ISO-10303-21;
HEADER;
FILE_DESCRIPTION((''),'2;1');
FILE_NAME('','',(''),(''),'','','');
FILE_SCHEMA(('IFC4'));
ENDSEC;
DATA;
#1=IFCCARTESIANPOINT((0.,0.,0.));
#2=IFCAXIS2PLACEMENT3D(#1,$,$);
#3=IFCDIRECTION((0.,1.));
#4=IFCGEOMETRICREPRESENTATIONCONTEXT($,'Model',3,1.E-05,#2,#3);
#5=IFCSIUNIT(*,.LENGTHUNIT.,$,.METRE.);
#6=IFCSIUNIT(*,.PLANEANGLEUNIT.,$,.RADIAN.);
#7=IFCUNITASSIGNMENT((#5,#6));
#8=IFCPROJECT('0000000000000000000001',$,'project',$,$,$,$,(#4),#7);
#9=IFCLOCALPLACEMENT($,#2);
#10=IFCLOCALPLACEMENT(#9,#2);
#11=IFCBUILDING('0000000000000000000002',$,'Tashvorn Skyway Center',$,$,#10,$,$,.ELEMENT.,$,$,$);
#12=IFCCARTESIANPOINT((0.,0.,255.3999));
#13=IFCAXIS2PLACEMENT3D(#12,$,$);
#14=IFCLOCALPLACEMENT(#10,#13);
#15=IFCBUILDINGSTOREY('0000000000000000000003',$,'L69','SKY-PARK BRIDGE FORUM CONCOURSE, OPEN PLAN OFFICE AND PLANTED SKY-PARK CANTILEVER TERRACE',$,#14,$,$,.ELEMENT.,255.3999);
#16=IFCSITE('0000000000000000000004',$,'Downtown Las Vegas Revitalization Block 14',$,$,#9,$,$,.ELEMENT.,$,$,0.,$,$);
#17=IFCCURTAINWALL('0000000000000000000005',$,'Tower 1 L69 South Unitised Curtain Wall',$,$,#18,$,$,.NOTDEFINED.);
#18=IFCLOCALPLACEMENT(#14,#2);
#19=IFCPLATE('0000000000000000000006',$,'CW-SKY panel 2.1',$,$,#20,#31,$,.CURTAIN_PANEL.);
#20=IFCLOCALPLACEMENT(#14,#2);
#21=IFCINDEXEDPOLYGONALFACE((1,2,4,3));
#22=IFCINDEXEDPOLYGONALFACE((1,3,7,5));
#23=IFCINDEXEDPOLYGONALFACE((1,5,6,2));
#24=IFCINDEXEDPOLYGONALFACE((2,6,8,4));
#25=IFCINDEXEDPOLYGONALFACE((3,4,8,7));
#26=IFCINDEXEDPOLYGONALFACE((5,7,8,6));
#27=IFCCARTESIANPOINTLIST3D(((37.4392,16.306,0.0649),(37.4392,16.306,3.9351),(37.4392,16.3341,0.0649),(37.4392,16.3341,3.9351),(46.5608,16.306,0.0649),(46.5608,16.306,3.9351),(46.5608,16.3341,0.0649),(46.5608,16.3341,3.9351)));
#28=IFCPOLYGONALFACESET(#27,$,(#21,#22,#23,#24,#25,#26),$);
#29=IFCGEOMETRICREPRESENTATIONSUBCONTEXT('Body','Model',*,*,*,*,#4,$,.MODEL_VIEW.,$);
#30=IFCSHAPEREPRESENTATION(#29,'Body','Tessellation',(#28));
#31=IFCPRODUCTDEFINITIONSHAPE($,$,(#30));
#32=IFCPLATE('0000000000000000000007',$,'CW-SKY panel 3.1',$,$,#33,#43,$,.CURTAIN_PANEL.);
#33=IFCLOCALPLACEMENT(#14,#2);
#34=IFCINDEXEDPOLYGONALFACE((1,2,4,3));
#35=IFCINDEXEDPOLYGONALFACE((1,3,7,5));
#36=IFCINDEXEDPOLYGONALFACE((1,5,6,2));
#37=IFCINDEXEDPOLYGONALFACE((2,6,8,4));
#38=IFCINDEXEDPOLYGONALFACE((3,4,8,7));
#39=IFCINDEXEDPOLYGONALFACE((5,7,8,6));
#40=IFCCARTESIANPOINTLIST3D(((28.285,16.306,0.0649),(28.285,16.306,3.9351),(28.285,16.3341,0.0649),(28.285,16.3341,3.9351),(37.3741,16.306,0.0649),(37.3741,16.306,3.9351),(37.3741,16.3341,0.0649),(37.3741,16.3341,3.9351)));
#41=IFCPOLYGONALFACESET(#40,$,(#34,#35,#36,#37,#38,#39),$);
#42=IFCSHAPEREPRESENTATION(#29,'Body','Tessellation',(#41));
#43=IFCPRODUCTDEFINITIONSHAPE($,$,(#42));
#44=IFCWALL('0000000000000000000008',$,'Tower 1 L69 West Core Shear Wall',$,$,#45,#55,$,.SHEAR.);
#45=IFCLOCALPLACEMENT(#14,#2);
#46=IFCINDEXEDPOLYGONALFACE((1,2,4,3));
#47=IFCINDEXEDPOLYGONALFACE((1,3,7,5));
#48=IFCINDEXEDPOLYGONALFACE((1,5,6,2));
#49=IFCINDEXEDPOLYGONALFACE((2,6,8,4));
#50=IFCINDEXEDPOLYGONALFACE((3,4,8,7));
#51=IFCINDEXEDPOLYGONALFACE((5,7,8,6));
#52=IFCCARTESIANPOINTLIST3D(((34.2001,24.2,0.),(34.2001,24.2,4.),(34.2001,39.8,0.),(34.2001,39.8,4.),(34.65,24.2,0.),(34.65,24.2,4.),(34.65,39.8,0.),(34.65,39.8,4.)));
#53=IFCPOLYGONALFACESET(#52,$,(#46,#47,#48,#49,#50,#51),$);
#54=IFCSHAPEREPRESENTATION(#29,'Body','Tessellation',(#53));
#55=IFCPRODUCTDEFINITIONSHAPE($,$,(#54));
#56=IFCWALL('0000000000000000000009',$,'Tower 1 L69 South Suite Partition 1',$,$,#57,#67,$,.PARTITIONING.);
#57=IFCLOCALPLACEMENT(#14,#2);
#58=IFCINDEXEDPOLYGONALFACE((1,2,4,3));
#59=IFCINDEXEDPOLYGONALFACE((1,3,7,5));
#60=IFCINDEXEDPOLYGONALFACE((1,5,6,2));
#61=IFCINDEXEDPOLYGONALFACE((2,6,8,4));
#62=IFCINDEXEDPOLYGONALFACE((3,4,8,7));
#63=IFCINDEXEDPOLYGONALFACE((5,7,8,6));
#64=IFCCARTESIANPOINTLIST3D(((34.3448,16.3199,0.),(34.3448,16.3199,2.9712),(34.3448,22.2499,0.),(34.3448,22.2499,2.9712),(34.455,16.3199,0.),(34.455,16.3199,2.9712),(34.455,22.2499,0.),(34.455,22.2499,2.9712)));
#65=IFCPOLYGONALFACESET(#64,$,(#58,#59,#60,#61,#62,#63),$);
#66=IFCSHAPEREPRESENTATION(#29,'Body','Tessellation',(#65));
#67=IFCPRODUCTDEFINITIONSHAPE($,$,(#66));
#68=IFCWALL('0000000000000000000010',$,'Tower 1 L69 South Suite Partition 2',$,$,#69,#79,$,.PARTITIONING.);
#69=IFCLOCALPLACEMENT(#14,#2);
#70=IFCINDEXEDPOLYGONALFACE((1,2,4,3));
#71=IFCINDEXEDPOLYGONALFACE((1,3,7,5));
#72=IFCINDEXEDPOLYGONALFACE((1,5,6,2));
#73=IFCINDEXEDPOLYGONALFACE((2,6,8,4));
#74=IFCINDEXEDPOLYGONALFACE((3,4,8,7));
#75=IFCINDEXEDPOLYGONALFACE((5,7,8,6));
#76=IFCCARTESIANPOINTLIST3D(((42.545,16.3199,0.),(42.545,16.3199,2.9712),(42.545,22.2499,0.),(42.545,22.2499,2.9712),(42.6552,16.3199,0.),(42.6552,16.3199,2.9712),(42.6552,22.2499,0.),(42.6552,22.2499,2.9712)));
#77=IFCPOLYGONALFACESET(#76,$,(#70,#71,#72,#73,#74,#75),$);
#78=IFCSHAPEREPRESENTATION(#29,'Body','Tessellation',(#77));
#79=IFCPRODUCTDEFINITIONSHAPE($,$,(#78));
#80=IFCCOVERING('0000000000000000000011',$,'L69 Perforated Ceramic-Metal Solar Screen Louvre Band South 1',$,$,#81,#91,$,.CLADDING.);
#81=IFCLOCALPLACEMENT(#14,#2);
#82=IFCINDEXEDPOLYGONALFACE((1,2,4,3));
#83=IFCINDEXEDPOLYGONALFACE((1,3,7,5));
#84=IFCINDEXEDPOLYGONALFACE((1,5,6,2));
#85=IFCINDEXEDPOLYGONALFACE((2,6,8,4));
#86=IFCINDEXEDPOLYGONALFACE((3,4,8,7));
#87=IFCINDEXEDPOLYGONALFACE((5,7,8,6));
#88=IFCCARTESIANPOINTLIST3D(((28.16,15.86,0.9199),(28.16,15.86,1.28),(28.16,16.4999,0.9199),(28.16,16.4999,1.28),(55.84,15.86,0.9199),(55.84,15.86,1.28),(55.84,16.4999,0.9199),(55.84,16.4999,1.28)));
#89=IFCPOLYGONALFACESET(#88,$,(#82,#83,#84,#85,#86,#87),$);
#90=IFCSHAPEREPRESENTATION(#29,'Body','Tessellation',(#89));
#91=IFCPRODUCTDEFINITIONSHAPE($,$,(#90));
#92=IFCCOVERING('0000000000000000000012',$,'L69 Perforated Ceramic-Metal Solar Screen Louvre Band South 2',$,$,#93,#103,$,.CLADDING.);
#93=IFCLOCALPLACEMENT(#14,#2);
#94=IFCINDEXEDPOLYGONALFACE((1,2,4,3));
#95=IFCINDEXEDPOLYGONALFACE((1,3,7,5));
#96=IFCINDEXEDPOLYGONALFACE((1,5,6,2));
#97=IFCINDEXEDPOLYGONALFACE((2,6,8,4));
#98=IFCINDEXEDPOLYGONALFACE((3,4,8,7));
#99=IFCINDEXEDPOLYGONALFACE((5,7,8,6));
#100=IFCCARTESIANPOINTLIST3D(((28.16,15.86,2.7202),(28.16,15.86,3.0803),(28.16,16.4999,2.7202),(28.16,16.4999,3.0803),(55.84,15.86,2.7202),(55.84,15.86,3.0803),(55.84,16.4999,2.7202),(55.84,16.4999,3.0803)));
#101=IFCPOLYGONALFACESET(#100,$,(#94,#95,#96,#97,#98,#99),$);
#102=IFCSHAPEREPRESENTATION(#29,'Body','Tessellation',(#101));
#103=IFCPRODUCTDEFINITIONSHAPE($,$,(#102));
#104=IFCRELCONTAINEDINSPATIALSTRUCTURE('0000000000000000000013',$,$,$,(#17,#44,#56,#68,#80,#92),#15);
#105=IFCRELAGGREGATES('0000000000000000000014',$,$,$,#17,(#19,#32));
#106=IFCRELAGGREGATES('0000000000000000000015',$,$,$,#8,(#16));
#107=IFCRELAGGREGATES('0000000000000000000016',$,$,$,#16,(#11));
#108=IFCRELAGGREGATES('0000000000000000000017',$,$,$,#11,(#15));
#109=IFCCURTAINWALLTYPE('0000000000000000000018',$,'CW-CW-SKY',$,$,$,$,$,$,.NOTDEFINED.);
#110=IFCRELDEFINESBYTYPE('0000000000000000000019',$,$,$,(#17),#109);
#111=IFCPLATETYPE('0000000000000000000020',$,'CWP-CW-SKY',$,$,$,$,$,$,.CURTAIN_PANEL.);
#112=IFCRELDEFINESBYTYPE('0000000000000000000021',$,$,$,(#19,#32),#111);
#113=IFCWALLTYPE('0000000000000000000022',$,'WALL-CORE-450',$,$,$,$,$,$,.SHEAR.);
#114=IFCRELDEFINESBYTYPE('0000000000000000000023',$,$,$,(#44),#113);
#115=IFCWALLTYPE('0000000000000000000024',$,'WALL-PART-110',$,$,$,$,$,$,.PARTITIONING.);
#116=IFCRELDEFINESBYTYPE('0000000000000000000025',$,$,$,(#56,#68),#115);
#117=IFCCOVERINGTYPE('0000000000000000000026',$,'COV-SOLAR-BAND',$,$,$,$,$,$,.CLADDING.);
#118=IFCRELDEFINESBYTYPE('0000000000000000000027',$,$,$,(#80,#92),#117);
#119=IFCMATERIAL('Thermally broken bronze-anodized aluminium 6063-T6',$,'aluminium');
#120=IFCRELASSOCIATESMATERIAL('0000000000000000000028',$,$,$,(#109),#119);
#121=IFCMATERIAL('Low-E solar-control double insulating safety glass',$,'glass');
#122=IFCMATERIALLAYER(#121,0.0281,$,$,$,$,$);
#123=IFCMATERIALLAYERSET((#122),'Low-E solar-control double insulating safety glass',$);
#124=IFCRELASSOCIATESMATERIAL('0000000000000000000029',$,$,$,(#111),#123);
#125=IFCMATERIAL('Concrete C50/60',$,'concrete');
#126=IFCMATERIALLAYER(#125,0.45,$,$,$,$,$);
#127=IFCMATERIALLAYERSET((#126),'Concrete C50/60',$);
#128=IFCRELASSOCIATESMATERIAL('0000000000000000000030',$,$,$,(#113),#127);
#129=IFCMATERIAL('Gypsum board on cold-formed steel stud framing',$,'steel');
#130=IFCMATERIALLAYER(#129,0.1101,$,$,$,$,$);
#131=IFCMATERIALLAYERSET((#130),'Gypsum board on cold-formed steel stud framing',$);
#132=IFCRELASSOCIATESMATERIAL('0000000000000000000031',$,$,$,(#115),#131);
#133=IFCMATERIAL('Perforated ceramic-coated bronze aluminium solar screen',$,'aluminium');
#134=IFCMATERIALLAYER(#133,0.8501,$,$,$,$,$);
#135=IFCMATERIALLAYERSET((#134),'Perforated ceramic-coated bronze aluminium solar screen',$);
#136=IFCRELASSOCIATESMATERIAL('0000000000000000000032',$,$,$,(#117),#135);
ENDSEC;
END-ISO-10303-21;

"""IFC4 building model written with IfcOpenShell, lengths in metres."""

from ifc_helpers import new_model, si_unit, direction, frame, frame_2d, origin, origin_2d, place, context, subcontext, project, spatial, rectangle, extrude, material, layer, layer_set, type_object, element, aggregate, save


model = new_model("IFC4")

# Units and contexts
model_context = context("Model", 3, precision=1e-05, world=origin(), true_north=direction((0.0, 1.0)))
body_context = subcontext(model_context, "Body", "Model", "MODEL_VIEW")
ifc_project = project(units=[si_unit("LENGTHUNIT", "METRE"), si_unit("PLANEANGLEUNIT", "RADIAN")], contexts=[model_context])

# Site, building, storey
site_placement = place(None, origin())
site = spatial("IfcSite", under=ifc_project, at=site_placement, Name="Downtown Las Vegas Revitalization Block 14", CompositionType="ELEMENT", RefElevation=0.0)
building_placement = place(site_placement, origin())
building = spatial("IfcBuilding", under=site, at=building_placement, Name="Tashvorn Skyway Center", CompositionType="ELEMENT")
storey_placement = place(building_placement, frame((0.0, 0.0, 255.3999)))
storey = spatial("IfcBuildingStorey", under=building, at=storey_placement, Name="L69", Description="SKY-PARK BRIDGE FORUM CONCOURSE, OPEN PLAN OFFICE AND PLANTED SKY-PARK CANTILEVER TERRACE", CompositionType="ELEMENT", Elevation=255.3999)

# Curtain wall, plates
ifc_material_1 = material(Name="Thermally broken bronze-anodized aluminium 6063-T6", Category="aluminium")
curtain_wall_type = type_object("IfcCurtainWallType", Name="CW-CW-SKY", PredefinedType="NOTDEFINED", material=ifc_material_1)
curtain_wall_placement = place(storey_placement, origin())
curtain_wall = element("IfcCurtainWall", 1, at=curtain_wall_placement, inside=storey, type_object=curtain_wall_type, Name="Tower 1 L69 South Unitised Curtain Wall", PredefinedType="NOTDEFINED")
ifc_material_2 = material(Name="Low-E solar-control double insulating safety glass", Category="glass")
ifc_layer_1 = layer(ifc_material_2, 0.0281)
ifc_layer_set_1 = layer_set([ifc_layer_1], Name="Low-E solar-control double insulating safety glass")
plate_type = type_object("IfcPlateType", Name="CWP-CW-SKY", PredefinedType="CURTAIN_PANEL", material=ifc_layer_set_1)
plate_1_placement = place(storey_placement, frame((42.0, 16.3201, 0.0649), z_axis=(0.0, 0.0, 1.0), x_axis=(-1.0, 0.0, 0.0)))
plate_1 = element("IfcPlate", 2, at=plate_1_placement, type_object=plate_type, Name="CW-SKY panel 2.1", PredefinedType="CURTAIN_PANEL", context=body_context, shape_type="SweptSolid", body=[
    extrude(rectangle(XDim=9.1216, YDim=0.0281, at=origin_2d()), origin(), (0.0, 0.0, 1.0), 3.8701),
])
plate_2_placement = place(storey_placement, frame((32.8296, 16.3201, 0.0649), z_axis=(0.0, 0.0, 1.0), x_axis=(-1.0, 0.0, 0.0)))
plate_2 = element("IfcPlate", 3, at=plate_2_placement, type_object=plate_type, Name="CW-SKY panel 3.1", PredefinedType="CURTAIN_PANEL", context=body_context, shape_type="SweptSolid", body=[
    extrude(rectangle(XDim=9.0891, YDim=0.0281, at=origin_2d()), origin(), (0.0, 0.0, 1.0), 3.8701),
])
aggregate(curtain_wall, [plate_1, plate_2])

# Walls
ifc_material_3 = material(Name="Concrete C50/60", Category="concrete")
ifc_layer_2 = layer(ifc_material_3, 0.45)
ifc_layer_set_2 = layer_set([ifc_layer_2], Name="Concrete C50/60")
wall_type_1 = type_object("IfcWallType", Name="WALL-CORE-450", PredefinedType="SHEAR", material=ifc_layer_set_2)
wall_placement = place(storey_placement, frame((34.425, 24.2, 0.0), z_axis=(0.0, 0.0, 1.0), x_axis=(0.0, 1.0, 0.0)))
element("IfcWall", 4, at=wall_placement, inside=storey, type_object=wall_type_1, Name="Tower 1 L69 West Core Shear Wall", PredefinedType="SHEAR", context=body_context, shape_type="SweptSolid", body=[
    extrude(rectangle(XDim=15.6001, YDim=0.45, at=frame_2d((7.8, 0.0))), origin(), (0.0, 0.0, 1.0), 4.0),
])
ifc_material_4 = material(Name="Gypsum board on cold-formed steel stud framing", Category="steel")
ifc_layer_3 = layer(ifc_material_4, 0.1101)
ifc_layer_set_3 = layer_set([ifc_layer_3], Name="Gypsum board on cold-formed steel stud framing")
wall_type_2 = type_object("IfcWallType", Name="WALL-PART-110", PredefinedType="PARTITIONING", material=ifc_layer_set_3)
for number, where, z_axis, x_axis, name in (
    (5, (34.3999, 16.3201, 0.0), (0.0, 0.0, 1.0), (0.0, 1.0, 0.0), "Tower 1 L69 South Suite Partition 1"),
    (6, (42.6001, 16.3201, 0.0), (0.0, 0.0, 1.0), (0.0, 1.0, 0.0), "Tower 1 L69 South Suite Partition 2"),
):
    element("IfcWall", number, at=place(storey_placement, frame(where, z_axis=z_axis, x_axis=x_axis)), inside=storey, type_object=wall_type_2, Name=name, PredefinedType="PARTITIONING", context=body_context, shape_type="SweptSolid", body=[
        extrude(rectangle(XDim=5.9299, YDim=0.1101, at=frame_2d((2.9648, 0.0))), origin(), (0.0, 0.0, 1.0), 2.9712),
    ])

# Coverings
ifc_material_5 = material(Name="Perforated ceramic-coated bronze aluminium solar screen", Category="aluminium")
ifc_layer_4 = layer(ifc_material_5, 0.8501)
ifc_layer_set_4 = layer_set([ifc_layer_4], Name="Perforated ceramic-coated bronze aluminium solar screen")
covering_type = type_object("IfcCoveringType", Name="COV-SOLAR-BAND", PredefinedType="CLADDING", material=ifc_layer_set_4)
for number, where, z_axis, x_axis, name in (
    (7, (42.0, 16.1799, 0.9199), (0.0, 0.0, 1.0), (-1.0, 0.0, 0.0), "L69 Perforated Ceramic-Metal Solar Screen Louvre Band South 1"),
    (8, (42.0, 16.1799, 2.7202), (0.0, 0.0, 1.0), (-1.0, 0.0, 0.0), "L69 Perforated Ceramic-Metal Solar Screen Louvre Band South 2"),
):
    element("IfcCovering", number, at=place(storey_placement, frame(where, z_axis=z_axis, x_axis=x_axis)), inside=storey, type_object=covering_type, Name=name, PredefinedType="CLADDING", context=body_context, shape_type="SweptSolid", body=[
        extrude(rectangle(XDim=27.6799, YDim=0.6399, at=origin_2d()), origin(), (0.0, 0.0, 1.0), 0.3601),
    ])

save(model, "model.ifc")
